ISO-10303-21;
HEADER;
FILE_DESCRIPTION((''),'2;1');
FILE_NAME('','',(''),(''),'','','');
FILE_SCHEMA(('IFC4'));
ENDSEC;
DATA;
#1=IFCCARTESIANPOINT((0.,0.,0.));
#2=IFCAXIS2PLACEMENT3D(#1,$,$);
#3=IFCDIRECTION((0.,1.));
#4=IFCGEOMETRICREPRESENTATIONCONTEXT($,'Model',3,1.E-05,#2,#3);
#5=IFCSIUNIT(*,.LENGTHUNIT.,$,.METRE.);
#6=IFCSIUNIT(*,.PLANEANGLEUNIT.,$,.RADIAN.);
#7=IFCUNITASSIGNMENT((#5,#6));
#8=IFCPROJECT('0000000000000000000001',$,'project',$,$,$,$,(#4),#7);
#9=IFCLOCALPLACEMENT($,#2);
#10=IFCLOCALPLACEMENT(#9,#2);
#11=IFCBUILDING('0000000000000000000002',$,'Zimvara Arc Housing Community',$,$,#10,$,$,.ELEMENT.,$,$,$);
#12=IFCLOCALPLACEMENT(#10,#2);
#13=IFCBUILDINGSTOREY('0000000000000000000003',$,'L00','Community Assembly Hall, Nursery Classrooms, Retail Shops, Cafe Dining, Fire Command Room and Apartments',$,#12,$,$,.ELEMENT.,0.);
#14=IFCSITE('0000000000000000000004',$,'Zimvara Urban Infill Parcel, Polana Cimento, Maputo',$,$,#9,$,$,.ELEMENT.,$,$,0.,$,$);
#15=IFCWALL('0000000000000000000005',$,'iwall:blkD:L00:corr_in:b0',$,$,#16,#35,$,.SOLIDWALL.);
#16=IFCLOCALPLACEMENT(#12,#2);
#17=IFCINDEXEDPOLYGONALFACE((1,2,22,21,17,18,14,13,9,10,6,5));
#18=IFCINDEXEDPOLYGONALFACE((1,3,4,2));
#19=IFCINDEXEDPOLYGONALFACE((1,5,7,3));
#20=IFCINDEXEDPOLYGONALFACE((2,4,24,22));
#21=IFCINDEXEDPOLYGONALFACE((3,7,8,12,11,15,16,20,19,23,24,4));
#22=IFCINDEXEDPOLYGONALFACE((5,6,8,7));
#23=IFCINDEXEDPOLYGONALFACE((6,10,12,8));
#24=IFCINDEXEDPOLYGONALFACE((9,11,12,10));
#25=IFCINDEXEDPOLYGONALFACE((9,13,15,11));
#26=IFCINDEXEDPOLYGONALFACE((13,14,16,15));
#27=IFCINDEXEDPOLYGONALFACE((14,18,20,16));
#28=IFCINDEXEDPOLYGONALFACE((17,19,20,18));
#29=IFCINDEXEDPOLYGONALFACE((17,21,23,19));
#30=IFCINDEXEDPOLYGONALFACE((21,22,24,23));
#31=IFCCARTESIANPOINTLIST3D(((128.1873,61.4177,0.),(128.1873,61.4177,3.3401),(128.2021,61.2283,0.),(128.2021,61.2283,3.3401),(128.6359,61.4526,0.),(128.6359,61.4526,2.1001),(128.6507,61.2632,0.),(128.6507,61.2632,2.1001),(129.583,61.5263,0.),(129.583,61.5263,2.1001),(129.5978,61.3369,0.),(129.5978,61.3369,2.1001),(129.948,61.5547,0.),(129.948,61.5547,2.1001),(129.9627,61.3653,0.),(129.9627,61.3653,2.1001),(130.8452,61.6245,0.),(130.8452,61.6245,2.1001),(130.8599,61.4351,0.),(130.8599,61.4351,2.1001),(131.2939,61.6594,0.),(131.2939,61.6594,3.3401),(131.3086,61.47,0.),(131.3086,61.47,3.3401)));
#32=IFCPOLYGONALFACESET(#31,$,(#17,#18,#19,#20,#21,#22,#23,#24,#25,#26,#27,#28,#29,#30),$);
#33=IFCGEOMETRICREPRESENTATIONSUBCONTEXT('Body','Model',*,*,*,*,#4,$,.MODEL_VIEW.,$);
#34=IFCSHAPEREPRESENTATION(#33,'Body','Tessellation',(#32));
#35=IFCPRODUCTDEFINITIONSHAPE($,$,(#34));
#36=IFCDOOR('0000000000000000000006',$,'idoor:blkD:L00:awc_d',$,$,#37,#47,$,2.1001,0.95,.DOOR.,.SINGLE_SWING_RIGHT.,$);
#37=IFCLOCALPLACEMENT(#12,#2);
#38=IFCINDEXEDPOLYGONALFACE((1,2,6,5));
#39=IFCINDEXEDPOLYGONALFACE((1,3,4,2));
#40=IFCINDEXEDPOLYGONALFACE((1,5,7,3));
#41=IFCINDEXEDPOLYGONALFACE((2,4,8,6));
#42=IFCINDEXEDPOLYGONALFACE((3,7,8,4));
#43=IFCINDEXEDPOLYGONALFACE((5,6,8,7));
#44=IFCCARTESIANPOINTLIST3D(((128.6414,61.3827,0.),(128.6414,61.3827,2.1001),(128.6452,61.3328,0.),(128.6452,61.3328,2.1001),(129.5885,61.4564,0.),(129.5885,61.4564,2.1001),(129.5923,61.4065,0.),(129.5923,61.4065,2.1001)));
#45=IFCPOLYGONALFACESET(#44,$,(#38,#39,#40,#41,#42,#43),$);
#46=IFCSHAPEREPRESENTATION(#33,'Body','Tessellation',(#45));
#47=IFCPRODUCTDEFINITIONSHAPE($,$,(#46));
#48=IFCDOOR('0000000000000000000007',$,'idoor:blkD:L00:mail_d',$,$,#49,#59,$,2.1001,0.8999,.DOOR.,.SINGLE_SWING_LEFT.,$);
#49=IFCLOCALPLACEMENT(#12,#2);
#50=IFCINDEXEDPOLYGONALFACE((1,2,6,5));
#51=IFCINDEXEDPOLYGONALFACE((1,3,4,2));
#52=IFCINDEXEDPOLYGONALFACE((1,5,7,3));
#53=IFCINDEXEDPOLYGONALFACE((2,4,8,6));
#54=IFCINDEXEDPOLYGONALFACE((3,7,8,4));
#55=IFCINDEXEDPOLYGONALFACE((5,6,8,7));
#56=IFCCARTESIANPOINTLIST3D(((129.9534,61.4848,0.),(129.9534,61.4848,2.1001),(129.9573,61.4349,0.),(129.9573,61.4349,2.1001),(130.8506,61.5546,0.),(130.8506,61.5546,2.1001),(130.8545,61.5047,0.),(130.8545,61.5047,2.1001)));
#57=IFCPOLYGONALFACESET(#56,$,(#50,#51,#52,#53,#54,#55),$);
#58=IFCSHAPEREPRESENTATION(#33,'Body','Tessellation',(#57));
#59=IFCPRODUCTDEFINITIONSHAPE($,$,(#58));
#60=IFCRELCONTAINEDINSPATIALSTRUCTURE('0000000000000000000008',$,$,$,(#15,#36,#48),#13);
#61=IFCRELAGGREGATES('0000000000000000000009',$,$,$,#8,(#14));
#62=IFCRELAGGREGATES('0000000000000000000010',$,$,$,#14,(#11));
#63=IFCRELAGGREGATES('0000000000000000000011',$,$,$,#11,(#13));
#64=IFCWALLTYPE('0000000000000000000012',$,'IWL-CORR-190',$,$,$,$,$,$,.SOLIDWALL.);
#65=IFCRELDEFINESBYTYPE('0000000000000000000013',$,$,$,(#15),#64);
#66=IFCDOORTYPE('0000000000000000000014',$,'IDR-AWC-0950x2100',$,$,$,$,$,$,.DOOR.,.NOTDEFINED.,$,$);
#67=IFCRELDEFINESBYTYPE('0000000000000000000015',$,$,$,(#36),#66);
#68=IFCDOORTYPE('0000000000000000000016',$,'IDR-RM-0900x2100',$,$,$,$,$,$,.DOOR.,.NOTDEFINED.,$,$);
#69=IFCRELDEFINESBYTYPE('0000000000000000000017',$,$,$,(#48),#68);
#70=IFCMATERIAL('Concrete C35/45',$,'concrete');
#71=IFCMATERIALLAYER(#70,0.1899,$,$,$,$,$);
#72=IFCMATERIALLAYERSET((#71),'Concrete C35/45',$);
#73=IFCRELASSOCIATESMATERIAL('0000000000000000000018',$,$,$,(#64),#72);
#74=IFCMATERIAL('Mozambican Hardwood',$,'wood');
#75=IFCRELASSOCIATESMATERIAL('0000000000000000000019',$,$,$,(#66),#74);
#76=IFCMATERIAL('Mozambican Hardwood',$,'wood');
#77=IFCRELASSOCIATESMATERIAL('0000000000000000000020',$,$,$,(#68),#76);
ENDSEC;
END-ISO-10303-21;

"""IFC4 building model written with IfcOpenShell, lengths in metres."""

from ifc_helpers import new_model, si_unit, direction, frame, frame_2d, origin, place, context, subcontext, project, spatial, rectangle, extrude, material, layer, layer_set, type_object, element, fill, save


model = new_model("IFC4")

# Units and contexts
model_context = context("Model", 3, precision=1e-05, world=origin(), true_north=direction((0.0, 1.0)))
body_context = subcontext(model_context, "Body", "Model", "MODEL_VIEW")
ifc_project = project(units=[si_unit("LENGTHUNIT", "METRE"), si_unit("PLANEANGLEUNIT", "RADIAN")], contexts=[model_context])

# Site, building, storey
site_placement = place(None, origin())
site = spatial("IfcSite", under=ifc_project, at=site_placement, Name="Zimvara Urban Infill Parcel, Polana Cimento, Maputo", CompositionType="ELEMENT", RefElevation=0.0)
building_placement = place(site_placement, origin())
building = spatial("IfcBuilding", under=site, at=building_placement, Name="Zimvara Arc Housing Community", CompositionType="ELEMENT")
storey_placement = place(building_placement, origin())
storey = spatial("IfcBuildingStorey", under=building, at=storey_placement, Name="L00", Description="Community Assembly Hall, Nursery Classrooms, Retail Shops, Cafe Dining, Fire Command Room and Apartments", CompositionType="ELEMENT", Elevation=0.0)

# Wall, openings, doors
ifc_material_1 = material(Name="Concrete C35/45", Category="concrete")
ifc_layer_1 = layer(ifc_material_1, 0.1899)
ifc_layer_set_1 = layer_set([ifc_layer_1], Name="Concrete C35/45")
wall_type_1 = type_object("IfcWallType", Name="IWL-CORR-190", PredefinedType="SOLIDWALL", material=ifc_layer_set_1)
wall_1_placement = place(storey_placement, frame((128.1946, 61.323, 0.0), z_axis=(0.0, 0.0, 1.0), x_axis=(0.996987, 0.077565, 0.0)))
wall_1 = element("IfcWall", 1, at=wall_1_placement, inside=storey, type_object=wall_type_1, Name="iwall:blkD:L00:corr_in:b0", PredefinedType="SOLIDWALL", context=body_context, shape_type="SweptSolid", body=[
    extrude(rectangle(XDim=3.116, YDim=0.1899, at=frame_2d((1.5581, 0.0))), origin(), (0.0, 0.0, 1.0), 3.3401),
])
opening_1_placement = place(wall_1_placement, frame((0.45, 0.0, 0.0)))
opening_1 = element("IfcOpeningElement", 2, at=opening_1_placement, cuts=wall_1, PredefinedType="OPENING", context=body_context, shape_type="SweptSolid", body=[
    extrude(rectangle(XDim=0.95, YDim=2.1001, at=frame_2d((0.4751, 1.05))), frame((0.0, 0.105, 0.0), z_axis=(0.0, -1.0, 0.0), x_axis=(1.0, 0.0, 0.0)), (0.0, 0.0, 1.0), 0.21),
])
opening_2_placement = place(wall_1_placement, frame((1.7661, 0.0, 0.0)))
opening_2 = element("IfcOpeningElement", 3, at=opening_2_placement, cuts=wall_1, PredefinedType="OPENING", context=body_context, shape_type="SweptSolid", body=[
    extrude(rectangle(XDim=0.8999, YDim=2.1001, at=frame_2d((0.45, 1.05))), frame((0.0, 0.105, 0.0), z_axis=(0.0, -1.0, 0.0), x_axis=(1.0, 0.0, 0.0)), (0.0, 0.0, 1.0), 0.21),
])
ifc_material_2 = material(Name="Mozambican Hardwood", Category="wood")
door_type_1 = type_object("IfcDoorType", Name="IDR-AWC-0950x2100", OperationType="NOTDEFINED", PredefinedType="DOOR", material=ifc_material_2)
door_1_placement = place(opening_1_placement, origin())
door_1 = element("IfcDoor", 4, at=door_1_placement, inside=storey, type_object=door_type_1, Name="idoor:blkD:L00:awc_d", OperationType="SINGLE_SWING_RIGHT", OverallHeight=2.1001, OverallWidth=0.95, PredefinedType="DOOR", context=body_context, shape_type="SweptSolid", body=[
    extrude(rectangle(XDim=0.95, YDim=2.1001, at=frame_2d((0.4751, 1.05))), frame((0.0, 0.0249, 0.0), z_axis=(0.0, -1.0, 0.0), x_axis=(1.0, 0.0, 0.0)), (0.0, 0.0, 1.0), 0.05),
])
fill(opening_1, door_1)
ifc_material_3 = material(Name="Mozambican Hardwood", Category="wood")
door_type_2 = type_object("IfcDoorType", Name="IDR-RM-0900x2100", OperationType="NOTDEFINED", PredefinedType="DOOR", material=ifc_material_3)
door_2_placement = place(opening_2_placement, origin())
door_2 = element("IfcDoor", 5, at=door_2_placement, inside=storey, type_object=door_type_2, Name="idoor:blkD:L00:mail_d", OperationType="SINGLE_SWING_LEFT", OverallHeight=2.1001, OverallWidth=0.8999, PredefinedType="DOOR", context=body_context, shape_type="SweptSolid", body=[
    extrude(rectangle(XDim=0.8999, YDim=2.1001, at=frame_2d((0.45, 1.05))), frame((0.0, 0.0249, 0.0), z_axis=(0.0, -1.0, 0.0), x_axis=(1.0, 0.0, 0.0)), (0.0, 0.0, 1.0), 0.05),
])
fill(opening_2, door_2)

save(model, "model.ifc")
